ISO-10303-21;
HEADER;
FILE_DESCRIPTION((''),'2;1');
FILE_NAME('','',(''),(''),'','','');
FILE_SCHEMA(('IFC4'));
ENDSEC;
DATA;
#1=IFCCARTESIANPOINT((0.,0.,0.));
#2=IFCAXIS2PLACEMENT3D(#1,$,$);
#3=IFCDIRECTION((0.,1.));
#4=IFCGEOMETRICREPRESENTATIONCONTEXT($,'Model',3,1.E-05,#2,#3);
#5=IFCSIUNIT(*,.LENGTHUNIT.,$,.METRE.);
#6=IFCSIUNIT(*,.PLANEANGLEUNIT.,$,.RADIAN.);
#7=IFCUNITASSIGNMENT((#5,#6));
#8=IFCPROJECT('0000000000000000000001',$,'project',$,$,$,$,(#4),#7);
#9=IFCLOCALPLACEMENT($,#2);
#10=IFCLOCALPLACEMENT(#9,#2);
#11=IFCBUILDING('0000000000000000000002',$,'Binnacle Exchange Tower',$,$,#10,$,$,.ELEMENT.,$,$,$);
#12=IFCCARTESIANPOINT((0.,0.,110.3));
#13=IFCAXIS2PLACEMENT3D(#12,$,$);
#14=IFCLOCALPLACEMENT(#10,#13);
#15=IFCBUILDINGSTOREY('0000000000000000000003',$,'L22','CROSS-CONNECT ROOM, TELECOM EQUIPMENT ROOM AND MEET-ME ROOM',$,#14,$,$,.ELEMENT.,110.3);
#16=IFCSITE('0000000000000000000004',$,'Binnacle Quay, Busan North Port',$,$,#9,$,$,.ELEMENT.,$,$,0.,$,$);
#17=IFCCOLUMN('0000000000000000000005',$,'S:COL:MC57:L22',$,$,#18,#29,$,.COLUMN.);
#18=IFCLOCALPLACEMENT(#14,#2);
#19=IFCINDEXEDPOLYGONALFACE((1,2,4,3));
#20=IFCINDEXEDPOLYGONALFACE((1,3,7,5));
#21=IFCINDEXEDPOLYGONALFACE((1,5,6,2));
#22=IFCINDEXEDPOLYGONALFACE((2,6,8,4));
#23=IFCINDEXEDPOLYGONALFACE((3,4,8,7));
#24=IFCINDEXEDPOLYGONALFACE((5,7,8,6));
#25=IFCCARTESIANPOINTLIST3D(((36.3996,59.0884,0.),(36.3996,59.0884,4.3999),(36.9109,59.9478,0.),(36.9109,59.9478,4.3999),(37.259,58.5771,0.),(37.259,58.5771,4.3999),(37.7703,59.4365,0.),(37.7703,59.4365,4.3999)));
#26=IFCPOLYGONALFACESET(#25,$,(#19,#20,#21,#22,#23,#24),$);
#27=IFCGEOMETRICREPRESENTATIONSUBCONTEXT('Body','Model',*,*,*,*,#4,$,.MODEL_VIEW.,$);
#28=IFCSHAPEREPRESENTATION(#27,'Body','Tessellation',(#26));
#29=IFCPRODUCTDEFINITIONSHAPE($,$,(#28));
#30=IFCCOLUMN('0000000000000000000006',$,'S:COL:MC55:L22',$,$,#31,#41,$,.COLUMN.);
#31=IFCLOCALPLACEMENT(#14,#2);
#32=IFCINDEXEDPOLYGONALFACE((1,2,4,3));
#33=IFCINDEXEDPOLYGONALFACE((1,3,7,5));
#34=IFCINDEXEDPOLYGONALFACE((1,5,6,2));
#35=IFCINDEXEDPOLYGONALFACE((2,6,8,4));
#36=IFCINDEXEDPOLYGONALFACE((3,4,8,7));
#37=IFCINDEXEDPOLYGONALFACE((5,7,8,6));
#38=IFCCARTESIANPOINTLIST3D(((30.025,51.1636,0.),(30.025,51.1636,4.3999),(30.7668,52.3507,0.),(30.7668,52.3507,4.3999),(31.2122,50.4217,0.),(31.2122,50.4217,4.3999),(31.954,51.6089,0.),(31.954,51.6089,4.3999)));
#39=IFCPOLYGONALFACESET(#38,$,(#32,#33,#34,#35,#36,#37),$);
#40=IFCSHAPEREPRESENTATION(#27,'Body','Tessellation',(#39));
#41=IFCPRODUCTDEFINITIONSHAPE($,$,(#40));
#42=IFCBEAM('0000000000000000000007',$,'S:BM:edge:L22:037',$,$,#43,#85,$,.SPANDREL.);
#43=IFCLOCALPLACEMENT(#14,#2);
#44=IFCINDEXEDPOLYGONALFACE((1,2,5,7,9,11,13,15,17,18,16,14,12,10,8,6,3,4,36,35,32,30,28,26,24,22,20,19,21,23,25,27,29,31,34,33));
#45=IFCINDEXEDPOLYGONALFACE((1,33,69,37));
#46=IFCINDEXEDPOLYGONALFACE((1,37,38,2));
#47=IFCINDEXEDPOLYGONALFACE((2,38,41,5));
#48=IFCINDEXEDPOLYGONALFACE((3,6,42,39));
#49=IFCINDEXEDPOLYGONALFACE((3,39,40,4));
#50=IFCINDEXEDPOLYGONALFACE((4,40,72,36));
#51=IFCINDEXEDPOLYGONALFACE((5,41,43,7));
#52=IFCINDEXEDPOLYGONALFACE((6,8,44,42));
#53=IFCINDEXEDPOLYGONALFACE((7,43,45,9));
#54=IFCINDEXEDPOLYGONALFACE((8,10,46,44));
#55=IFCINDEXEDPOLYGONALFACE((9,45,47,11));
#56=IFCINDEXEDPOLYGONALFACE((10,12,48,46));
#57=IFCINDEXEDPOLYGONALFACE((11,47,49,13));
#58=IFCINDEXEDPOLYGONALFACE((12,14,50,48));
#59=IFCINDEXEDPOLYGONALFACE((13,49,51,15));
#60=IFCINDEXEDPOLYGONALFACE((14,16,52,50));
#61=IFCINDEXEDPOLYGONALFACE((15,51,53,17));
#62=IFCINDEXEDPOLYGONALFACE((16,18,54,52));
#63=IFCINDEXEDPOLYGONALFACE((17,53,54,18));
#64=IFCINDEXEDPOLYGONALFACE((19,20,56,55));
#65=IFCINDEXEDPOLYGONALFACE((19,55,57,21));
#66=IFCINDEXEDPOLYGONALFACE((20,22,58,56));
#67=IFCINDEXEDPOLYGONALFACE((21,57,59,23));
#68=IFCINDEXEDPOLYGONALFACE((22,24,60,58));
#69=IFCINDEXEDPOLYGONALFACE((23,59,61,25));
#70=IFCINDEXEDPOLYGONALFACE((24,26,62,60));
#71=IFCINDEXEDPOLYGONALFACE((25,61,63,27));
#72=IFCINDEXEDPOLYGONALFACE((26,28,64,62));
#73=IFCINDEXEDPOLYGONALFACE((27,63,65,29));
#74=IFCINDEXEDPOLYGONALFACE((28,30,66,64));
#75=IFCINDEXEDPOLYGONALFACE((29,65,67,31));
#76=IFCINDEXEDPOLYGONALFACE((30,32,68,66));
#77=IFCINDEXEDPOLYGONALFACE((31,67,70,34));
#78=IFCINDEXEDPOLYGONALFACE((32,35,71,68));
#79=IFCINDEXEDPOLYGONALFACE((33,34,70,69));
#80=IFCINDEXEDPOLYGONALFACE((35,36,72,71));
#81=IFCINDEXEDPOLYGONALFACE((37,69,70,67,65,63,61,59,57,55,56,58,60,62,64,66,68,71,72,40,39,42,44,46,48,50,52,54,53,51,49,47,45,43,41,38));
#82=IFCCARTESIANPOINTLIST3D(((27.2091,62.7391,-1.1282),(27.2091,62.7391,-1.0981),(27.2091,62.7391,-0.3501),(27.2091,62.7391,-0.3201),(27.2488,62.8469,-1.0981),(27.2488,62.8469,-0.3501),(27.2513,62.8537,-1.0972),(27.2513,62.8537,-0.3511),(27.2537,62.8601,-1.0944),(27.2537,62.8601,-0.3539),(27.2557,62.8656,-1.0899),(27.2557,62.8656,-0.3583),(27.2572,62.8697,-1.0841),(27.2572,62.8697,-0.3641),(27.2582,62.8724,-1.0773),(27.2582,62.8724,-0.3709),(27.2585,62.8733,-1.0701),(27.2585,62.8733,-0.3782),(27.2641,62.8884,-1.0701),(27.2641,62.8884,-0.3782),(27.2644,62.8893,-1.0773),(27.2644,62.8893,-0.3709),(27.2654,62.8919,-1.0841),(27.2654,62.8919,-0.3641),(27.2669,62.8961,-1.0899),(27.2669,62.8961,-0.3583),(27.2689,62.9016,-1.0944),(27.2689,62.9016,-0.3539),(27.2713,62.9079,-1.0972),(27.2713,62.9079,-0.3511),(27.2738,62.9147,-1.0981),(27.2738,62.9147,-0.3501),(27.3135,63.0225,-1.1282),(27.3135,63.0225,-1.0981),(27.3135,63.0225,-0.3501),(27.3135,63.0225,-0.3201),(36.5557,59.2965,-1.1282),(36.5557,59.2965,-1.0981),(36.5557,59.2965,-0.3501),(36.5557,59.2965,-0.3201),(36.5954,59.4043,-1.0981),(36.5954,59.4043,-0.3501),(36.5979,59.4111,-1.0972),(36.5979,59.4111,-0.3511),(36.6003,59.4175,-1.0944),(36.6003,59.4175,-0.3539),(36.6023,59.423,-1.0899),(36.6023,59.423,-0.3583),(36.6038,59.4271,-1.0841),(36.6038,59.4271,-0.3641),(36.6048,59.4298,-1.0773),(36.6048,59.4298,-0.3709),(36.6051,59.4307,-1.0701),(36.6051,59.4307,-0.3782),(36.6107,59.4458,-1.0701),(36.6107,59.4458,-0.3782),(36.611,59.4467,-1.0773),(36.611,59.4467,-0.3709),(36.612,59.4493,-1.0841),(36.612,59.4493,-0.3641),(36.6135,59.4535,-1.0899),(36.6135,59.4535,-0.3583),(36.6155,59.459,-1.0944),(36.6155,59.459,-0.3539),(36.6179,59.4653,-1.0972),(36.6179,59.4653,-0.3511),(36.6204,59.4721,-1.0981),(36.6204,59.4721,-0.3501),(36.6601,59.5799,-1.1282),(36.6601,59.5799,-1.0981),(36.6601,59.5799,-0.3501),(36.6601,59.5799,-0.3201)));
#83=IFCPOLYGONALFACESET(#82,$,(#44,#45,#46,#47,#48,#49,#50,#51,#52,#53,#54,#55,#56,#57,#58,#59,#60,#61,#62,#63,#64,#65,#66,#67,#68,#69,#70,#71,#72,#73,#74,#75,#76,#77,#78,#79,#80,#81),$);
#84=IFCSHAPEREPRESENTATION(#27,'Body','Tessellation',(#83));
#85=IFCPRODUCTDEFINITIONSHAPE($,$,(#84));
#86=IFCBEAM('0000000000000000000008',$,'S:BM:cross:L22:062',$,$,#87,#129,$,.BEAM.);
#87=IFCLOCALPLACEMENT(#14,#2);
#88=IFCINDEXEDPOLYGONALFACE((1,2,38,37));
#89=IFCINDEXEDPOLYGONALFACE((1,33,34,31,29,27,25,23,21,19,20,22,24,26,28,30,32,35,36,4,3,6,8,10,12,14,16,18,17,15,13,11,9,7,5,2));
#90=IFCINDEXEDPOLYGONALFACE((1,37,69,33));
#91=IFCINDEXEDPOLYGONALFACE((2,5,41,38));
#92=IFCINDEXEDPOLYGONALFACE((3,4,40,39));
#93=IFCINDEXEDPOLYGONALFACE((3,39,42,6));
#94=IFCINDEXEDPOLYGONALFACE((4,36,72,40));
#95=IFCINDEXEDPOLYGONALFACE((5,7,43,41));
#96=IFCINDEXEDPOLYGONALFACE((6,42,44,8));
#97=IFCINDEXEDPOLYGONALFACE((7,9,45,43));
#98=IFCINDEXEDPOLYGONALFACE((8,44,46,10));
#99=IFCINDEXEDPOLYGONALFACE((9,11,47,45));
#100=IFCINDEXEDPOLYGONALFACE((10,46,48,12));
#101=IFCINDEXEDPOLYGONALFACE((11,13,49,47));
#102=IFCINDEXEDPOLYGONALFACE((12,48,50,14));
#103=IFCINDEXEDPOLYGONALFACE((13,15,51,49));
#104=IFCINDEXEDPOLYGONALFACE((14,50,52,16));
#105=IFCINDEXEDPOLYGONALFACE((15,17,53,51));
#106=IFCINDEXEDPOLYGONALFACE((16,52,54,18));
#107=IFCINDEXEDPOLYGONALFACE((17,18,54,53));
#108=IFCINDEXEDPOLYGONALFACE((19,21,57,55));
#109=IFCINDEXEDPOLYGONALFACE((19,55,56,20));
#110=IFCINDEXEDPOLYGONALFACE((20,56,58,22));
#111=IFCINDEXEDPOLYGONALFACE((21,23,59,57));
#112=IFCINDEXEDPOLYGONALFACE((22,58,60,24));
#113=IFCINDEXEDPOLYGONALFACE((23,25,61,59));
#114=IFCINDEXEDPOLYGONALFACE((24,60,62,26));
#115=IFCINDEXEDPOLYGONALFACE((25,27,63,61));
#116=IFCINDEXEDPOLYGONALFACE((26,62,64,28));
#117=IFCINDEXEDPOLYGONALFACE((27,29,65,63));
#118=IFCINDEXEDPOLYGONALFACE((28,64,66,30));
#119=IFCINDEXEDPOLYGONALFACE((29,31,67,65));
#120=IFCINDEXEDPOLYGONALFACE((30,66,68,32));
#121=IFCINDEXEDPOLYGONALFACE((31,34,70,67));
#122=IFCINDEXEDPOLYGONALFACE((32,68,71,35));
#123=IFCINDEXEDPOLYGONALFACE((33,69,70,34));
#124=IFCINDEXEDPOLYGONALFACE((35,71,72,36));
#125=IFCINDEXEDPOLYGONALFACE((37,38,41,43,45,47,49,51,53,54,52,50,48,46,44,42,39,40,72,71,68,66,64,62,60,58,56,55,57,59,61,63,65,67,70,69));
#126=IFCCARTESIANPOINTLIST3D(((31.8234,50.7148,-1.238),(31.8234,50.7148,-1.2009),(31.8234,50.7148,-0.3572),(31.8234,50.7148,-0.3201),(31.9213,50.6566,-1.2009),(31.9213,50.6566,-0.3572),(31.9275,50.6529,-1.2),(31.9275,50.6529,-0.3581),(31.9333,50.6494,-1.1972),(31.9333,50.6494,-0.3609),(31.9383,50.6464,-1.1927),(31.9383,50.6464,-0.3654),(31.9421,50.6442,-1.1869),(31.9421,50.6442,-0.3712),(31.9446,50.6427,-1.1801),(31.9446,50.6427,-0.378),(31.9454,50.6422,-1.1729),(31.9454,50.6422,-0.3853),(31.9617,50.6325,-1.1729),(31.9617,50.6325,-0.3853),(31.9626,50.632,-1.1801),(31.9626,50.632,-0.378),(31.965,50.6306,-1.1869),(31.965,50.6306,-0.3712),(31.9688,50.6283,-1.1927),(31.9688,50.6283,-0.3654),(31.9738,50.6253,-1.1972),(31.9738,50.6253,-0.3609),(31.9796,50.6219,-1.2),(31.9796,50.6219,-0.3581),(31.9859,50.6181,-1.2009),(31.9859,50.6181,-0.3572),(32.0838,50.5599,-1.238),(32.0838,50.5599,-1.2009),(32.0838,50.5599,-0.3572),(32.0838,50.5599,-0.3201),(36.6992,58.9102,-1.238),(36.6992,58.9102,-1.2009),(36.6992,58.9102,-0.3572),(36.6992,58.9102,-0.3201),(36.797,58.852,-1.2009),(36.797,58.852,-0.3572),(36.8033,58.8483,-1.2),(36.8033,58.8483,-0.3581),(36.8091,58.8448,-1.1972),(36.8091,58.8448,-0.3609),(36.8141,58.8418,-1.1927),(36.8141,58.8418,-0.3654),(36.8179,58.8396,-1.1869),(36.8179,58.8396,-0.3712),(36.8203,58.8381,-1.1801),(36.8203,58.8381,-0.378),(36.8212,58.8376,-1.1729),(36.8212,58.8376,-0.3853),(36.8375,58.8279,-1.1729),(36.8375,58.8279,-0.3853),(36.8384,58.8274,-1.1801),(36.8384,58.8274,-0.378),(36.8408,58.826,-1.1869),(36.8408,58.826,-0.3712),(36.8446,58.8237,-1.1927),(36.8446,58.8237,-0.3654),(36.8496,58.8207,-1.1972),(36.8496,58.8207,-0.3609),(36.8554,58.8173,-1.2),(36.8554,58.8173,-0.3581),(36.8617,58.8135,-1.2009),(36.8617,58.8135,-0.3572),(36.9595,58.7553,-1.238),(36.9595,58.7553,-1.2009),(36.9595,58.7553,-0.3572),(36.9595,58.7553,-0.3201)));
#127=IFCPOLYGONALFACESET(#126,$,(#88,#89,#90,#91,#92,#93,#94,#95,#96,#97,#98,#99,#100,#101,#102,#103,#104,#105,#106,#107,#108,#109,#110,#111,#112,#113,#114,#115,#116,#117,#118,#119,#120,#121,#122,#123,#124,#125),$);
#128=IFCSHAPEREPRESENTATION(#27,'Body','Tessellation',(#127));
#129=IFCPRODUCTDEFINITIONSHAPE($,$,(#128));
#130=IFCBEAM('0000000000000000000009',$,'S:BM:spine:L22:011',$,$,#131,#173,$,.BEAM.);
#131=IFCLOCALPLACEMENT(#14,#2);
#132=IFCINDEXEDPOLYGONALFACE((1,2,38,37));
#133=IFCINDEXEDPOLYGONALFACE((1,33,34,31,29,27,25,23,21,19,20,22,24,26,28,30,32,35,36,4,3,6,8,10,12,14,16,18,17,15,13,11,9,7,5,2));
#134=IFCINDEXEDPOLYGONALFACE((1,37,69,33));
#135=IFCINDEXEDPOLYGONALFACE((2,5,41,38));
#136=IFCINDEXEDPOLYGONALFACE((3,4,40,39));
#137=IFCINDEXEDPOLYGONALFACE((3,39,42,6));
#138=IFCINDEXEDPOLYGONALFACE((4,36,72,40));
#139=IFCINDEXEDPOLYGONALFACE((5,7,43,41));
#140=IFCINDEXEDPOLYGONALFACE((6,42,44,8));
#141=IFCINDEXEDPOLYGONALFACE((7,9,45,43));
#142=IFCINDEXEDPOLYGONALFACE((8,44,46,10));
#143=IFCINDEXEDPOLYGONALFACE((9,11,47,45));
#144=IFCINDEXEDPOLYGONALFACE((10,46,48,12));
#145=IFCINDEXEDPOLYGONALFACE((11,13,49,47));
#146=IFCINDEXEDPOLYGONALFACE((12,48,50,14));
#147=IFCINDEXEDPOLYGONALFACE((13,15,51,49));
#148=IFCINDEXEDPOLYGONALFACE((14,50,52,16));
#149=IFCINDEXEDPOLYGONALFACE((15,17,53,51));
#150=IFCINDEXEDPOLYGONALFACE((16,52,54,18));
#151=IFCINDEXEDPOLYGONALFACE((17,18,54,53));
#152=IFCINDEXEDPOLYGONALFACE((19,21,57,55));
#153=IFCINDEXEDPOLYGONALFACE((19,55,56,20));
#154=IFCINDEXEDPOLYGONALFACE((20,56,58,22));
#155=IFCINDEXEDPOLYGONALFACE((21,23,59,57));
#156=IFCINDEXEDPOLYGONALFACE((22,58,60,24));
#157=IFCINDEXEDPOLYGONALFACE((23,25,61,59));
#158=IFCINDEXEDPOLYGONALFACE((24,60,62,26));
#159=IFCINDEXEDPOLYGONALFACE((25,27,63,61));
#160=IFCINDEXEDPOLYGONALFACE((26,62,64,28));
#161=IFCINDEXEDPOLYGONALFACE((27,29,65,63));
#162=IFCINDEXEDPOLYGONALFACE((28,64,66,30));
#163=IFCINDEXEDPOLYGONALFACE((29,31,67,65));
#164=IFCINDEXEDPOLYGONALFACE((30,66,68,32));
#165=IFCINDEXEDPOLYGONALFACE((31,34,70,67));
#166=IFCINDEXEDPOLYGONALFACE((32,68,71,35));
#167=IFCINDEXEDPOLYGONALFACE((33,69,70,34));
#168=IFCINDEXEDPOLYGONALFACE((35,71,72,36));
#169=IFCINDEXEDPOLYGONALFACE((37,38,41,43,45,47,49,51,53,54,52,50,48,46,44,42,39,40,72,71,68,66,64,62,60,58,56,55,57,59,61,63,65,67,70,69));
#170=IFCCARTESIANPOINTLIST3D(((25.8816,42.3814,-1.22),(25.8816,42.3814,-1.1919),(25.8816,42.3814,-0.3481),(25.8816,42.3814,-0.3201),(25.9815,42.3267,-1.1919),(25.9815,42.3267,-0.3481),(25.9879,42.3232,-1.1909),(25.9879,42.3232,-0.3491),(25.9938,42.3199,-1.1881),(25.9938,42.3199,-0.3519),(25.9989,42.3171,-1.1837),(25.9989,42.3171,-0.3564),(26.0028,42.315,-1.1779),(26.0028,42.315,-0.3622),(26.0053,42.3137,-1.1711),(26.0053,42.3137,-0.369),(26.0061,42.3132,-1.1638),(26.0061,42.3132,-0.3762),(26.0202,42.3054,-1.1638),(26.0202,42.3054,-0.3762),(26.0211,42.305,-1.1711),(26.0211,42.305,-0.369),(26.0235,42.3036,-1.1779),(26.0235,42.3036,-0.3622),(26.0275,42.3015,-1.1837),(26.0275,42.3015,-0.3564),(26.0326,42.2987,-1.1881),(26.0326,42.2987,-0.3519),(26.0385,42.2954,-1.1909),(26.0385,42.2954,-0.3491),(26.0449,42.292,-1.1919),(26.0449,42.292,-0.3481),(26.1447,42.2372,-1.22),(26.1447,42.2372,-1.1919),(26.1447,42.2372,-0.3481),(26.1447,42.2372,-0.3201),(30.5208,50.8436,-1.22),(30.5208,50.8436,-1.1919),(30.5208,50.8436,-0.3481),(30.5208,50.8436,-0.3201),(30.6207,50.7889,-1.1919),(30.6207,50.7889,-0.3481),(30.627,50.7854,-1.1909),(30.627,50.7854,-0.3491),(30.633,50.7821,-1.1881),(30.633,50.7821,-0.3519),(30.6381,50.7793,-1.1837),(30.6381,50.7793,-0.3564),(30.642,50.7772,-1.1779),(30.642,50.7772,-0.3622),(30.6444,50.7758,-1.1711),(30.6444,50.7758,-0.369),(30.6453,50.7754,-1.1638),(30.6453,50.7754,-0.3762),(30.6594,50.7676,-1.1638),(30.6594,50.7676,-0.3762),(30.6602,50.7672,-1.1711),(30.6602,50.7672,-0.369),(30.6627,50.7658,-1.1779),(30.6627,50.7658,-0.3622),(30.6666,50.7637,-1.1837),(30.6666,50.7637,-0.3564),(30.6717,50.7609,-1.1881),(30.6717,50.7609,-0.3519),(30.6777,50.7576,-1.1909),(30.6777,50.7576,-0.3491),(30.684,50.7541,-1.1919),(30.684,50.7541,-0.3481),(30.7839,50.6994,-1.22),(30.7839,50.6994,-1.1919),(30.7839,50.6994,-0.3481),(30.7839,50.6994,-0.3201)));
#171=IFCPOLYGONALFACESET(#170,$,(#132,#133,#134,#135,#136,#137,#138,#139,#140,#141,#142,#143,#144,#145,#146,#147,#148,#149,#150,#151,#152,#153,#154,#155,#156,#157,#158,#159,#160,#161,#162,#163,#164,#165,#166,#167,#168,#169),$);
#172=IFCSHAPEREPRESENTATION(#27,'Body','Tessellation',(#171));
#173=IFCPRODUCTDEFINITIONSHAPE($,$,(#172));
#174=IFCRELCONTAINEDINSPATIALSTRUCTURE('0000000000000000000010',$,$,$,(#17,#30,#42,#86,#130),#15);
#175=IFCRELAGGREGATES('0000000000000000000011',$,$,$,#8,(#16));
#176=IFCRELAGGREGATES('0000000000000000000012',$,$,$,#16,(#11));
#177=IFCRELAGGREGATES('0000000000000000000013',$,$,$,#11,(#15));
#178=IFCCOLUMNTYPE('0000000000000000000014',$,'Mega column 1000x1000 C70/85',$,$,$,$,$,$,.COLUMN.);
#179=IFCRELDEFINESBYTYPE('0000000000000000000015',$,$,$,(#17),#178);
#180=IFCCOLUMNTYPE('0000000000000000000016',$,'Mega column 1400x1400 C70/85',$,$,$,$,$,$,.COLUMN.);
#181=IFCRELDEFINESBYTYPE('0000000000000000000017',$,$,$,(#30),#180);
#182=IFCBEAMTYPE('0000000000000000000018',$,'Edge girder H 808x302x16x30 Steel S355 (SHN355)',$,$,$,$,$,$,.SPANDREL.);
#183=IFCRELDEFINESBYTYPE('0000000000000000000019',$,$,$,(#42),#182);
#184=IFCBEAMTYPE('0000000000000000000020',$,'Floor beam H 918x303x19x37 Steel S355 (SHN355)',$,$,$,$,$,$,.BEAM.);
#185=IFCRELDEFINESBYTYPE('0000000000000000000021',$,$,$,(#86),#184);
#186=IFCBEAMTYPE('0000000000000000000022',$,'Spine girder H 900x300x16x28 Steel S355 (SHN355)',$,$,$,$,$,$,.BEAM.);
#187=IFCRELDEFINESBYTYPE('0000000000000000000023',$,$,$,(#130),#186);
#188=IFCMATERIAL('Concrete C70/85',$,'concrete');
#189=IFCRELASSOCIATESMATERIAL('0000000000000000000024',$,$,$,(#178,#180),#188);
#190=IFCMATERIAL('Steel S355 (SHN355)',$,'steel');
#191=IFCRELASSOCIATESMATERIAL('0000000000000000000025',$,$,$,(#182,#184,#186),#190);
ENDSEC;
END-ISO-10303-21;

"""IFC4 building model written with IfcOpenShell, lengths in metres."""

from ifc_helpers import new_model, si_unit, direction, frame, origin, origin_2d, place, context, subcontext, project, spatial, rectangle, i_section, extrude, material, material_profile, profile_set, type_object, element, save


model = new_model("IFC4")

# Units and contexts
model_context = context("Model", 3, precision=1e-05, world=origin(), true_north=direction((0.0, 1.0)))
body_context = subcontext(model_context, "Body", "Model", "MODEL_VIEW")
ifc_project = project(units=[si_unit("LENGTHUNIT", "METRE"), si_unit("PLANEANGLEUNIT", "RADIAN")], contexts=[model_context])

# Site, building, storey
site_placement = place(None, origin())
site = spatial("IfcSite", under=ifc_project, at=site_placement, Name="Binnacle Quay, Busan North Port", CompositionType="ELEMENT", RefElevation=0.0)
building_placement = place(site_placement, origin())
building = spatial("IfcBuilding", under=site, at=building_placement, Name="Binnacle Exchange Tower", CompositionType="ELEMENT")
storey_placement = place(building_placement, frame((0.0, 0.0, 110.3)))
storey = spatial("IfcBuildingStorey", under=building, at=storey_placement, Name="L22", Description="CROSS-CONNECT ROOM, TELECOM EQUIPMENT ROOM AND MEET-ME ROOM", CompositionType="ELEMENT", Elevation=110.3)

# Columns
ifc_material_1 = material(Name="Concrete C70/85", Category="concrete")
ifc_material_profile_1 = material_profile(ifc_material_1, rectangle(XDim=1.0, YDim=1.0, at=origin_2d()), Name="Mega column 1000x1000 C70/85")
ifc_profile_set_1 = profile_set([ifc_material_profile_1], Name="Concrete C70/85")
column_type_1 = type_object("IfcColumnType", Name="Mega column 1000x1000 C70/85", PredefinedType="COLUMN", material=ifc_profile_set_1)
column_1_placement = place(storey_placement, frame((37.085, 59.2625, 0.0), z_axis=(0.0, 0.0, 1.0), x_axis=(-0.859406, 0.511293, 0.0)))
element("IfcColumn", 1, at=column_1_placement, inside=storey, type_object=column_type_1, Name="S:COL:MC57:L22", PredefinedType="COLUMN", context=body_context, shape_type="SweptSolid", body=[
    extrude(rectangle(XDim=1.0, YDim=1.0, at=origin_2d()), origin(), (0.0, 0.0, 1.0), 4.3999),
])
ifc_material_profile_2 = material_profile(ifc_material_1, rectangle(XDim=1.3999, YDim=1.3999, at=origin_2d()), Name="Mega column 1400x1400 C70/85")
ifc_profile_set_2 = profile_set([ifc_material_profile_2], Name="Concrete C70/85")
column_type_2 = type_object("IfcColumnType", Name="Mega column 1400x1400 C70/85", PredefinedType="COLUMN", material=ifc_profile_set_2)
column_2_placement = place(storey_placement, frame((30.9895, 51.3862, 0.0), z_axis=(0.0, 0.0, 1.0), x_axis=(0.529919, 0.848048, 0.0)))
element("IfcColumn", 2, at=column_2_placement, inside=storey, type_object=column_type_2, Name="S:COL:MC55:L22", PredefinedType="COLUMN", context=body_context, shape_type="SweptSolid", body=[
    extrude(rectangle(XDim=1.3999, YDim=1.3999, at=origin_2d()), origin(), (0.0, 0.0, 1.0), 4.3999),
])

# Beams
ifc_material_2 = material(Name="Steel S355 (SHN355)", Category="steel")
ifc_material_profile_3 = material_profile(ifc_material_2, i_section(OverallWidth=0.302, OverallDepth=0.8081, WebThickness=0.0161, FlangeThickness=0.03, FilletRadius=0.0281, at=origin_2d()), Name="H 808x302x16x30")
ifc_profile_set_3 = profile_set([ifc_material_profile_3], Name="Steel S355 (SHN355)")
beam_type_1 = type_object("IfcBeamType", Name="Edge girder H 808x302x16x30 Steel S355 (SHN355)", PredefinedType="SPANDREL", material=ifc_profile_set_3)
beam_1_placement = place(storey_placement, frame((36.6079, 59.4382, -0.7241), z_axis=(-0.938372, 0.345627, 0.0), x_axis=(-0.345627, -0.938372, 0.0)))
element("IfcBeam", 3, at=beam_1_placement, inside=storey, type_object=beam_type_1, Name="S:BM:edge:L22:037", PredefinedType="SPANDREL", context=body_context, shape_type="SweptSolid", body=[
    extrude(i_section(OverallWidth=0.302, OverallDepth=0.8081, WebThickness=0.0161, FlangeThickness=0.03, FilletRadius=0.0281, at=origin_2d()), origin(), (0.0, 0.0, 1.0), 9.9604),
])
ifc_material_profile_4 = material_profile(ifc_material_2, i_section(OverallWidth=0.303, OverallDepth=0.918, WebThickness=0.019, FlangeThickness=0.0371, FilletRadius=0.0281, at=origin_2d()), Name="H 918x303x19x37")
ifc_profile_set_4 = profile_set([ifc_material_profile_4], Name="Steel S355 (SHN355)")
beam_type_2 = type_object("IfcBeamType", Name="Floor beam H 918x303x19x37 Steel S355 (SHN355)", PredefinedType="BEAM", material=ifc_profile_set_4)
beam_2_placement = place(storey_placement, frame((36.8293, 58.8328, -0.7791), z_axis=(-0.511296, -0.859405, 0.0), x_axis=(0.859405, -0.511296, 0.0)))
element("IfcBeam", 4, at=beam_2_placement, inside=storey, type_object=beam_type_2, Name="S:BM:cross:L22:062", PredefinedType="BEAM", context=body_context, shape_type="SweptSolid", body=[
    extrude(i_section(OverallWidth=0.303, OverallDepth=0.918, WebThickness=0.019, FlangeThickness=0.0371, FilletRadius=0.0281, at=origin_2d()), origin(), (0.0, 0.0, 1.0), 9.5361),
])
ifc_material_profile_5 = material_profile(ifc_material_2, i_section(OverallWidth=0.3, OverallDepth=0.8999, WebThickness=0.0161, FlangeThickness=0.0281, FilletRadius=0.0281, at=origin_2d()), Name="H 900x300x16x28")
ifc_profile_set_5 = profile_set([ifc_material_profile_5], Name="Steel S355 (SHN355)")
beam_type_3 = type_object("IfcBeamType", Name="Spine girder H 900x300x16x28 Steel S355 (SHN355)", PredefinedType="BEAM", material=ifc_profile_set_5)
beam_3_placement = place(storey_placement, frame((30.6523, 50.7715, -0.77), z_axis=(-0.480723, -0.876873, 0.0), x_axis=(0.876873, -0.480723, 0.0)))
element("IfcBeam", 5, at=beam_3_placement, inside=storey, type_object=beam_type_3, Name="S:BM:spine:L22:011", PredefinedType="BEAM", context=body_context, shape_type="SweptSolid", body=[
    extrude(i_section(OverallWidth=0.3, OverallDepth=0.8999, WebThickness=0.0161, FlangeThickness=0.0281, FilletRadius=0.0281, at=origin_2d()), origin(), (0.0, 0.0, 1.0), 9.6504),
])

save(model, "model.ifc")
